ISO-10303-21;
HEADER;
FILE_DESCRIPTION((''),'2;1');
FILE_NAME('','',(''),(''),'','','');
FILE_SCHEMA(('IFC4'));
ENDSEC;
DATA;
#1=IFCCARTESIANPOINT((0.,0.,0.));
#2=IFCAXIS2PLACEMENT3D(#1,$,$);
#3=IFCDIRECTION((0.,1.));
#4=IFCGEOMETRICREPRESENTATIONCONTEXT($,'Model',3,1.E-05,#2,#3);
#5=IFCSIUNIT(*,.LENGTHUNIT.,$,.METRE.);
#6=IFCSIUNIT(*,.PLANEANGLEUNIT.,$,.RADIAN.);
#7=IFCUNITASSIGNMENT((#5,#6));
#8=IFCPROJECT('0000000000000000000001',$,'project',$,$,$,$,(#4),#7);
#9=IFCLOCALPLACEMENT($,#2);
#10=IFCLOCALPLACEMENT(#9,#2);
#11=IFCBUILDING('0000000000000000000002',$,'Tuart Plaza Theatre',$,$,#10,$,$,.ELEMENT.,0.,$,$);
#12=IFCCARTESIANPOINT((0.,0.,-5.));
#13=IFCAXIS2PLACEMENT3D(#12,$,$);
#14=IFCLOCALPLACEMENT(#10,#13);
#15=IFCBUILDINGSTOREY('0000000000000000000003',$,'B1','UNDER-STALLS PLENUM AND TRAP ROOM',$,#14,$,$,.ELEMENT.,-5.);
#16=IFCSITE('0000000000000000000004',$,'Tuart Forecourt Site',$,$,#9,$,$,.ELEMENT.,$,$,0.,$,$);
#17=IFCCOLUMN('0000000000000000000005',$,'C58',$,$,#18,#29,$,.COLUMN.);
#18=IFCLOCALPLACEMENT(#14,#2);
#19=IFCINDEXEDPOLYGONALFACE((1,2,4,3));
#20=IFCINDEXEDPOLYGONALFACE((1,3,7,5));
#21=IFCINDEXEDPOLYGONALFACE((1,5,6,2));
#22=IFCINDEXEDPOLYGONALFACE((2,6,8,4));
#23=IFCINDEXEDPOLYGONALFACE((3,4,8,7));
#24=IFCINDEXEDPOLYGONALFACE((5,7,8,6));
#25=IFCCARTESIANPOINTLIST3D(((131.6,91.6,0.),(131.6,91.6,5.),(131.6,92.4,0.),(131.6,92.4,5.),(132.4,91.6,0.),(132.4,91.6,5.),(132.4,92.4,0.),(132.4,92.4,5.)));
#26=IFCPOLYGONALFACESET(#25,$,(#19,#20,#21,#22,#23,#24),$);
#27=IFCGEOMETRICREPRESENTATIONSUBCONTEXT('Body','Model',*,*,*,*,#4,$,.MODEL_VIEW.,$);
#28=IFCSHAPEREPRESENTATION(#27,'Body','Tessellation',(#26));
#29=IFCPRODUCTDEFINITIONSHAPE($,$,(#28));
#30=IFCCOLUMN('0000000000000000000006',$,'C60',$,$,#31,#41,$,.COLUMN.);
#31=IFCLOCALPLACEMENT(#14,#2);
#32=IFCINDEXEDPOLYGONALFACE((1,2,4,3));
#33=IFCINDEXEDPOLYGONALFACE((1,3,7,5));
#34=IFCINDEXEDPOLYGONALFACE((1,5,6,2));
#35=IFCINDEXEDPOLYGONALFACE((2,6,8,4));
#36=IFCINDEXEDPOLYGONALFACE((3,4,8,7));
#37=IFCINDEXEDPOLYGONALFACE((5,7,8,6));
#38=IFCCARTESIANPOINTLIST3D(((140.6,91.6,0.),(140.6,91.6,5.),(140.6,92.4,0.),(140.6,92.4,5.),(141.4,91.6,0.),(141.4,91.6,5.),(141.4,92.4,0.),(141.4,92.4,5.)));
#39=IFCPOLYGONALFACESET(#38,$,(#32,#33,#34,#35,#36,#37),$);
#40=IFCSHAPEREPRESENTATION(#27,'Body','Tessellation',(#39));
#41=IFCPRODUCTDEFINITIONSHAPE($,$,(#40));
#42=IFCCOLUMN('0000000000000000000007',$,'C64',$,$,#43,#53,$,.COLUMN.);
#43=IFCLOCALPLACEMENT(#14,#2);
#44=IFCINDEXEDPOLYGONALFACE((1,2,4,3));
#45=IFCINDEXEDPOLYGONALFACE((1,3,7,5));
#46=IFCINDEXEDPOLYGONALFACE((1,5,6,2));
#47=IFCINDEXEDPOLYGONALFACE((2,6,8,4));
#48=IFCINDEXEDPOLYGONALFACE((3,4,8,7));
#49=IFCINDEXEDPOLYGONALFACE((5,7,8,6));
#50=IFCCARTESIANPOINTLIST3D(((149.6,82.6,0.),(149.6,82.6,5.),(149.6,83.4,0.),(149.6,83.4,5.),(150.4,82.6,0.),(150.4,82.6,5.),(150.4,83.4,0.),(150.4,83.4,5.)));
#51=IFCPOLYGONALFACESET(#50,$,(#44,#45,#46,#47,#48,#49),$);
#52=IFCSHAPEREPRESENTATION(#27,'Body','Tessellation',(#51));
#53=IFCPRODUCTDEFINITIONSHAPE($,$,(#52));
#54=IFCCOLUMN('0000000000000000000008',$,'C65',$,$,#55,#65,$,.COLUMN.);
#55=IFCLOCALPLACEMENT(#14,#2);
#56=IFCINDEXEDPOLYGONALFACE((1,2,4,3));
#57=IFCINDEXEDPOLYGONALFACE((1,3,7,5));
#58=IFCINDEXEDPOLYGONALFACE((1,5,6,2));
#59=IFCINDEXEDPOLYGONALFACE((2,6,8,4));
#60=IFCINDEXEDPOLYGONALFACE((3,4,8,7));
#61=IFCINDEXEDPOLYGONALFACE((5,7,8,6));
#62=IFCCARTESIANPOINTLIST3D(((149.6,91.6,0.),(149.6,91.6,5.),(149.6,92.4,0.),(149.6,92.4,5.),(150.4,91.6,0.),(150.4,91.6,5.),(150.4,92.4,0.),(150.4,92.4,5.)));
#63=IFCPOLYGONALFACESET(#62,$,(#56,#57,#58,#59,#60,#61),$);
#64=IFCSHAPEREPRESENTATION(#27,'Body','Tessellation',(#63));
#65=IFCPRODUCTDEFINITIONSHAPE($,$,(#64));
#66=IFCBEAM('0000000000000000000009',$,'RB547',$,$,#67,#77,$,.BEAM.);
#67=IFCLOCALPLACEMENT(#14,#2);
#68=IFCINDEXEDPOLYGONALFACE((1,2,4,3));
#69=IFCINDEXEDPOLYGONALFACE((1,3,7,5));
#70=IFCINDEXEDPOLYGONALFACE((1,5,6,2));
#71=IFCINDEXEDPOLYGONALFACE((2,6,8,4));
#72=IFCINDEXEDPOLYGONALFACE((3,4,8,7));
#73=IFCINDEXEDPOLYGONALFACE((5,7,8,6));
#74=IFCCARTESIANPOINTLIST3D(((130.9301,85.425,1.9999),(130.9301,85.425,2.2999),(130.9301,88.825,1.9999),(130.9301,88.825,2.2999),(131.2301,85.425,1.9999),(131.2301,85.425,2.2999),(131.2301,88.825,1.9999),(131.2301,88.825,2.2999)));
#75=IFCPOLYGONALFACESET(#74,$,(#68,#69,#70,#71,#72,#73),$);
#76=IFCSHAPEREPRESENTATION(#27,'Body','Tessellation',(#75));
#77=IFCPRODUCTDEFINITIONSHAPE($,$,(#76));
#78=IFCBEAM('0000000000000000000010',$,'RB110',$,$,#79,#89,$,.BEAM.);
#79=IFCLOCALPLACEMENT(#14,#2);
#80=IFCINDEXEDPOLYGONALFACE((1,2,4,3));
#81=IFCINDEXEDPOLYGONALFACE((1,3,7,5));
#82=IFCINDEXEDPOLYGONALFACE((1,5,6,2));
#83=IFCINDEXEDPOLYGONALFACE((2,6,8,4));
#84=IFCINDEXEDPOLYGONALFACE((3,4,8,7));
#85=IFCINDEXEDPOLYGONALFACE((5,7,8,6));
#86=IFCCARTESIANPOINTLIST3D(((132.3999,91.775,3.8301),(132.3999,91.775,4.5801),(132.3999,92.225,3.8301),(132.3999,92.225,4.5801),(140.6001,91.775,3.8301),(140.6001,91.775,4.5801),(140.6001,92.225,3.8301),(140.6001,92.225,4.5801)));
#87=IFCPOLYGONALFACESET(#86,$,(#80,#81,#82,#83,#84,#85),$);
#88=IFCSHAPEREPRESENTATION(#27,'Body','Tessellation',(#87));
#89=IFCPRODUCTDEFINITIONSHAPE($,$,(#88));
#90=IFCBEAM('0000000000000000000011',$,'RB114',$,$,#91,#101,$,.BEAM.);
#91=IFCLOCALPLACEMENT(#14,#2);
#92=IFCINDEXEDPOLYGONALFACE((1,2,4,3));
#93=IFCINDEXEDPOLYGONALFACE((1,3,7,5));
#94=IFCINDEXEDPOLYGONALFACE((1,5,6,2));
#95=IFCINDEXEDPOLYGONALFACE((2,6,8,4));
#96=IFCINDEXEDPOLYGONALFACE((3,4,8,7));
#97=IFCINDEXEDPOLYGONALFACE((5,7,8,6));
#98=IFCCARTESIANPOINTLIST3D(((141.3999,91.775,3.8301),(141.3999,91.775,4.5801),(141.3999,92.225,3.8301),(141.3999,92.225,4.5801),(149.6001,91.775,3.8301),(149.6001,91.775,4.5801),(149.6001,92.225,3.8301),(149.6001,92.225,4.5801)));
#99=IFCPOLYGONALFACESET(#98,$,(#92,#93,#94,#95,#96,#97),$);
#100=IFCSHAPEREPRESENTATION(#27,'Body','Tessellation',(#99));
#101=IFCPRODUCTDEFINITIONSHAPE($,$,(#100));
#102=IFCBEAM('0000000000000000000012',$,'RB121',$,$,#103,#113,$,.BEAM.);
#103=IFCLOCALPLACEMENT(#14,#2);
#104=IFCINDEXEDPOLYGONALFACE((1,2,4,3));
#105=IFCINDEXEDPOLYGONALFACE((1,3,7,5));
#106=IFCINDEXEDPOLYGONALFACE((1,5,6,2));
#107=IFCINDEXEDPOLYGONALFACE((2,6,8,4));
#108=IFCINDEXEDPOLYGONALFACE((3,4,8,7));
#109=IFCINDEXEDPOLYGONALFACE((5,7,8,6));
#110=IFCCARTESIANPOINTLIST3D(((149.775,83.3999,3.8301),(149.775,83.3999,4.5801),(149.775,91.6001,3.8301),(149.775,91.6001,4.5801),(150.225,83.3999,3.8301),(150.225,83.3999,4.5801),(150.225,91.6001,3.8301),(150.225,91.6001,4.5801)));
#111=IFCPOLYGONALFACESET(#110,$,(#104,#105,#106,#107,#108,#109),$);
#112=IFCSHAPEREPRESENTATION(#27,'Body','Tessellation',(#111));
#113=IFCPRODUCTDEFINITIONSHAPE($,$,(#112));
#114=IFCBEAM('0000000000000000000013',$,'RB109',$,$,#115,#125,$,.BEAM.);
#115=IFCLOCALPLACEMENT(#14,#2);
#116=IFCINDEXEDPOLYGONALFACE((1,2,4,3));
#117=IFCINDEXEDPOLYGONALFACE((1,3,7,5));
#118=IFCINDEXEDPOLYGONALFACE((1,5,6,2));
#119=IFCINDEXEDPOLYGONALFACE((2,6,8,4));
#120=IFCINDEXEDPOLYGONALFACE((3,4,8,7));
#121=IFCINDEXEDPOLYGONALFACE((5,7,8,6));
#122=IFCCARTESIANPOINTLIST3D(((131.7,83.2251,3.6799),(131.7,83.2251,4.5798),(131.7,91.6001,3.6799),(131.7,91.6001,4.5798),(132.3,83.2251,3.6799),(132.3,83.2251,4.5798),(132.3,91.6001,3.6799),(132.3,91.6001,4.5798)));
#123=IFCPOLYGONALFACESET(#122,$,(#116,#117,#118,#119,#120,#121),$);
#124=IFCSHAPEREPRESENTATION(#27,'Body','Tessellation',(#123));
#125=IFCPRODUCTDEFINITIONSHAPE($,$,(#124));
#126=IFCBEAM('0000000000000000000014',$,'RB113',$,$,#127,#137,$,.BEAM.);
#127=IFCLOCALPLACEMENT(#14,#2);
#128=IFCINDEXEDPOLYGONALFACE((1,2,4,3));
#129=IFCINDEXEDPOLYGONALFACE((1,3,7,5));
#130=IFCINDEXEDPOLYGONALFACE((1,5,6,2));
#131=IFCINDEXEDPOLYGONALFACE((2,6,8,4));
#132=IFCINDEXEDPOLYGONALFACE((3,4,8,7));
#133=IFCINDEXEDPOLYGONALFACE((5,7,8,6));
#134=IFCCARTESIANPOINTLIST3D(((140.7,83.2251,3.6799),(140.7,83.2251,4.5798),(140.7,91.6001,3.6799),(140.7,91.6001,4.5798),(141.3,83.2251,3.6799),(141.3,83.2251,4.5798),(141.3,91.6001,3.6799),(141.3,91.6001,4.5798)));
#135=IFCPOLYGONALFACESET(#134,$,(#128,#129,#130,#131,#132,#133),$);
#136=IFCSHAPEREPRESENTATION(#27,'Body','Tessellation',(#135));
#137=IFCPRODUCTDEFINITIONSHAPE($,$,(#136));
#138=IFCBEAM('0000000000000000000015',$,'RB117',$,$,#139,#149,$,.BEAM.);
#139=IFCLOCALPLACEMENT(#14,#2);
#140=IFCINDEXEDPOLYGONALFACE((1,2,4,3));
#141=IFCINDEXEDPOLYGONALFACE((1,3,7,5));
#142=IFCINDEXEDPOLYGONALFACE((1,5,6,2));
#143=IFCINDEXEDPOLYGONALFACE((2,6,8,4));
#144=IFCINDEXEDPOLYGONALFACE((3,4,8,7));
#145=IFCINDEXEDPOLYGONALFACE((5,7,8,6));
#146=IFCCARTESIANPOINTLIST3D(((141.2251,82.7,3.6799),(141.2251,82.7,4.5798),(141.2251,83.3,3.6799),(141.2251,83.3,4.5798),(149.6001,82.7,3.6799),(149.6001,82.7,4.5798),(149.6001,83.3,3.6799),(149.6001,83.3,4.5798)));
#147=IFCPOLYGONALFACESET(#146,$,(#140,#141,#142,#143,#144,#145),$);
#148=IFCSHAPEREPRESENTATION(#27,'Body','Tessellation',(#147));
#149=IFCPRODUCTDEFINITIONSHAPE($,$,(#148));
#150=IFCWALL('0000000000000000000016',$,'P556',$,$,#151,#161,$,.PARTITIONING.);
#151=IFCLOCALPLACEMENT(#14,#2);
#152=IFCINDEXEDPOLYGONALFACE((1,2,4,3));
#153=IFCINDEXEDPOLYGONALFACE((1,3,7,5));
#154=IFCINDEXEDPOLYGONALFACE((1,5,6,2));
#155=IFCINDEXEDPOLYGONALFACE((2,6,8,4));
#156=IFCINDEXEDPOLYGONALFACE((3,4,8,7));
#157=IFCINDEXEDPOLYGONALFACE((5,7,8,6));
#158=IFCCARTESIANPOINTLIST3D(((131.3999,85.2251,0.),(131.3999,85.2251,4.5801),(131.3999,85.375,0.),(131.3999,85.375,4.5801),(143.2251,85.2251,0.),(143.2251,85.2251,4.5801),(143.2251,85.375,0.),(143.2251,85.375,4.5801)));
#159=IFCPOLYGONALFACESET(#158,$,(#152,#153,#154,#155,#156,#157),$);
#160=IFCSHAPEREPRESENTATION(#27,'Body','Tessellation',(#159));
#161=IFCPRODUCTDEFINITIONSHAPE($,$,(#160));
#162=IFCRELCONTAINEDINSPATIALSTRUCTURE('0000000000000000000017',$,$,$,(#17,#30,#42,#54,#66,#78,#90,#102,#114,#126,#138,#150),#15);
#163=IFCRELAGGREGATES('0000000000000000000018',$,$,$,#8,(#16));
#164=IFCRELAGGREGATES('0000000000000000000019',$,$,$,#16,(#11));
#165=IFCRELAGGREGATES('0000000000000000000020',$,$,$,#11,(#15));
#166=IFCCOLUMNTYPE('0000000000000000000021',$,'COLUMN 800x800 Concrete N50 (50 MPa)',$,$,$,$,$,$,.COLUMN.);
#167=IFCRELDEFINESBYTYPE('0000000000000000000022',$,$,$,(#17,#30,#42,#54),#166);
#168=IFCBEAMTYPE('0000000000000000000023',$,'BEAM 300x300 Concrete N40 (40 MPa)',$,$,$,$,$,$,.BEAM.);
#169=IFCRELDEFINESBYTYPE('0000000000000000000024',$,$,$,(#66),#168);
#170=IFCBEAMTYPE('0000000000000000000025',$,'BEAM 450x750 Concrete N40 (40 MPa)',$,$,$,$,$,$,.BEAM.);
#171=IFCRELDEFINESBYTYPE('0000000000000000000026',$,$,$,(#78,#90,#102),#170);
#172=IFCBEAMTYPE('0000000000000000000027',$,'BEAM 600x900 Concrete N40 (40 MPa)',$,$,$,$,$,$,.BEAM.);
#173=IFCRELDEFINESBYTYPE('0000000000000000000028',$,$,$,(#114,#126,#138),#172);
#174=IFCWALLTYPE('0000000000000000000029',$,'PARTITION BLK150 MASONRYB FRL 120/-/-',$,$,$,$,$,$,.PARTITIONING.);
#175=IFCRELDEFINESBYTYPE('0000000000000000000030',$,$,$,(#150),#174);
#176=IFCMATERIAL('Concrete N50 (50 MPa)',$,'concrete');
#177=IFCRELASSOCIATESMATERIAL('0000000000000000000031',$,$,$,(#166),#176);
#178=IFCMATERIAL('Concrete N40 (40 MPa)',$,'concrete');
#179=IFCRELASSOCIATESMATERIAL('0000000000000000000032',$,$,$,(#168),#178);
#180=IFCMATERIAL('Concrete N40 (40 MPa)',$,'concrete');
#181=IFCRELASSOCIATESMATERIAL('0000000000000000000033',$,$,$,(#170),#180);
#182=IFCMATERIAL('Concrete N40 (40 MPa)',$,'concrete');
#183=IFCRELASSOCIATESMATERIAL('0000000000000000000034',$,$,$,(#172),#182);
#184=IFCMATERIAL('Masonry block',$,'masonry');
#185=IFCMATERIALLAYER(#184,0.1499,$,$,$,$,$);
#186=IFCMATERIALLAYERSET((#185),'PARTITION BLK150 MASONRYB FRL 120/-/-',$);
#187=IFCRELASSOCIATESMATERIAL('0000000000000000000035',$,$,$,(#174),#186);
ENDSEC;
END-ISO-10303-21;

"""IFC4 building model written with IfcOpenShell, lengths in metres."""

from ifc_helpers import new_model, si_unit, direction, frame, frame_2d, origin, origin_2d, place, context, subcontext, project, spatial, rectangle, extrude, material, layer, layer_set, material_profile, profile_set, type_object, element, save


model = new_model("IFC4")

# Units and contexts
model_context = context("Model", 3, precision=1e-05, world=origin(), true_north=direction((0.0, 1.0)))
body_context = subcontext(model_context, "Body", "Model", "MODEL_VIEW")
ifc_project = project(units=[si_unit("LENGTHUNIT", "METRE"), si_unit("PLANEANGLEUNIT", "RADIAN")], contexts=[model_context])

# Site, building, storey
site_placement = place(None, origin())
site = spatial("IfcSite", under=ifc_project, at=site_placement, Name="Tuart Forecourt Site", CompositionType="ELEMENT", RefElevation=0.0)
building_placement = place(site_placement, origin())
building = spatial("IfcBuilding", under=site, at=building_placement, Name="Tuart Plaza Theatre", CompositionType="ELEMENT", ElevationOfRefHeight=0.0)
storey_placement = place(building_placement, frame((0.0, 0.0, -5.0)))
storey = spatial("IfcBuildingStorey", under=building, at=storey_placement, Name="B1", Description="UNDER-STALLS PLENUM AND TRAP ROOM", CompositionType="ELEMENT", Elevation=-5.0)

# Columns
ifc_material_1 = material(Name="Concrete N50 (50 MPa)", Category="concrete")
ifc_material_profile_1 = material_profile(ifc_material_1, rectangle(XDim=0.8, YDim=0.8, at=origin_2d()), Name="COLUMN 800x800 Concrete N50 (50 MPa)")
ifc_profile_set_1 = profile_set([ifc_material_profile_1], Name="Concrete N50 (50 MPa)")
column_type = type_object("IfcColumnType", Name="COLUMN 800x800 Concrete N50 (50 MPa)", PredefinedType="COLUMN", material=ifc_profile_set_1)
for number, where, z_axis, x_axis, name in (
    (1, (132.0, 92.0, 0.0), (0.0, 0.0, 1.0), (1.0, 0.0, 0.0), "C58"),
    (2, (141.0, 92.0, 0.0), (0.0, 0.0, 1.0), (1.0, 0.0, 0.0), "C60"),
    (3, (150.0, 83.0, 0.0), (0.0, 0.0, 1.0), (1.0, 0.0, 0.0), "C64"),
    (4, (150.0, 92.0, 0.0), (0.0, 0.0, 1.0), (1.0, 0.0, 0.0), "C65"),
):
    element("IfcColumn", number, at=place(storey_placement, frame(where, z_axis=z_axis, x_axis=x_axis)), inside=storey, type_object=column_type, Name=name, PredefinedType="COLUMN", context=body_context, shape_type="SweptSolid", body=[
        extrude(rectangle(XDim=0.8, YDim=0.8, at=origin_2d()), origin(), (0.0, 0.0, 1.0), 5.0),
    ])

# Beams
ifc_material_2 = material(Name="Concrete N40 (40 MPa)", Category="concrete")
ifc_material_profile_2 = material_profile(ifc_material_2, rectangle(XDim=0.3, YDim=0.3, at=origin_2d()), Name="BEAM 300x300 Concrete N40 (40 MPa)")
ifc_profile_set_2 = profile_set([ifc_material_profile_2], Name="Concrete N40 (40 MPa)")
beam_type_1 = type_object("IfcBeamType", Name="BEAM 300x300 Concrete N40 (40 MPa)", PredefinedType="BEAM", material=ifc_profile_set_2)
beam_placement = place(storey_placement, frame((131.0801, 85.425, 2.1499), z_axis=(0.0, 1.0, 0.0), x_axis=(-1.0, 0.0, 0.0)))
element("IfcBeam", 5, at=beam_placement, inside=storey, type_object=beam_type_1, Name="RB547", PredefinedType="BEAM", context=body_context, shape_type="SweptSolid", body=[
    extrude(rectangle(XDim=0.3, YDim=0.3, at=origin_2d()), origin(), (0.0, 0.0, 1.0), 3.3999),
])
ifc_material_3 = material(Name="Concrete N40 (40 MPa)", Category="concrete")
ifc_material_profile_3 = material_profile(ifc_material_3, rectangle(XDim=0.45, YDim=0.75, at=origin_2d()), Name="BEAM 450x750 Concrete N40 (40 MPa)")
ifc_profile_set_3 = profile_set([ifc_material_profile_3], Name="Concrete N40 (40 MPa)")
beam_type_2 = type_object("IfcBeamType", Name="BEAM 450x750 Concrete N40 (40 MPa)", PredefinedType="BEAM", material=ifc_profile_set_3)
for number, where, z_axis, x_axis, name in (
    (6, (132.3999, 92.0, 4.2051), (1.0, 0.0, 0.0), (0.0, 1.0, 0.0), "RB110"),
    (7, (141.3999, 92.0, 4.2051), (1.0, 0.0, 0.0), (0.0, 1.0, 0.0), "RB114"),
    (8, (150.0, 83.3999, 4.2051), (0.0, 1.0, 0.0), (-1.0, 0.0, 0.0), "RB121"),
):
    element("IfcBeam", number, at=place(storey_placement, frame(where, z_axis=z_axis, x_axis=x_axis)), inside=storey, type_object=beam_type_2, Name=name, PredefinedType="BEAM", context=body_context, shape_type="SweptSolid", body=[
        extrude(rectangle(XDim=0.45, YDim=0.75, at=origin_2d()), origin(), (0.0, 0.0, 1.0), 8.2002),
    ])
ifc_material_4 = material(Name="Concrete N40 (40 MPa)", Category="concrete")
ifc_material_profile_4 = material_profile(ifc_material_4, rectangle(XDim=0.6001, YDim=0.8999, at=origin_2d()), Name="BEAM 600x900 Concrete N40 (40 MPa)")
ifc_profile_set_4 = profile_set([ifc_material_profile_4], Name="Concrete N40 (40 MPa)")
beam_type_3 = type_object("IfcBeamType", Name="BEAM 600x900 Concrete N40 (40 MPa)", PredefinedType="BEAM", material=ifc_profile_set_4)
for number, where, z_axis, x_axis, name in (
    (9, (132.0, 83.2251, 4.1299), (0.0, 1.0, 0.0), (-1.0, 0.0, 0.0), "RB109"),
    (10, (141.0, 83.2251, 4.1299), (0.0, 1.0, 0.0), (-1.0, 0.0, 0.0), "RB113"),
    (11, (141.2251, 83.0, 4.1299), (1.0, 0.0, 0.0), (0.0, 1.0, 0.0), "RB117"),
):
    element("IfcBeam", number, at=place(storey_placement, frame(where, z_axis=z_axis, x_axis=x_axis)), inside=storey, type_object=beam_type_3, Name=name, PredefinedType="BEAM", context=body_context, shape_type="SweptSolid", body=[
        extrude(rectangle(XDim=0.6001, YDim=0.8999, at=origin_2d()), origin(), (0.0, 0.0, 1.0), 8.375),
    ])

# Wall
ifc_material_5 = material(Name="Masonry block", Category="masonry")
ifc_layer_1 = layer(ifc_material_5, 0.1499)
ifc_layer_set_1 = layer_set([ifc_layer_1], Name="PARTITION BLK150 MASONRYB FRL 120/-/-")
wall_type_1 = type_object("IfcWallType", Name="PARTITION BLK150 MASONRYB FRL 120/-/-", PredefinedType="PARTITIONING", material=ifc_layer_set_1)
wall_1_placement = place(storey_placement, frame((131.3999, 85.3, 0.0), z_axis=(0.0, 0.0, 1.0), x_axis=(1.0, 0.0, 0.0)))
element("IfcWall", 12, at=wall_1_placement, inside=storey, type_object=wall_type_1, Name="P556", PredefinedType="PARTITIONING", context=body_context, shape_type="SweptSolid", body=[
    extrude(rectangle(XDim=11.8252, YDim=0.1499, at=frame_2d((5.9126, 0.0))), origin(), (0.0, 0.0, 1.0), 4.5801),
])

save(model, "model.ifc")
